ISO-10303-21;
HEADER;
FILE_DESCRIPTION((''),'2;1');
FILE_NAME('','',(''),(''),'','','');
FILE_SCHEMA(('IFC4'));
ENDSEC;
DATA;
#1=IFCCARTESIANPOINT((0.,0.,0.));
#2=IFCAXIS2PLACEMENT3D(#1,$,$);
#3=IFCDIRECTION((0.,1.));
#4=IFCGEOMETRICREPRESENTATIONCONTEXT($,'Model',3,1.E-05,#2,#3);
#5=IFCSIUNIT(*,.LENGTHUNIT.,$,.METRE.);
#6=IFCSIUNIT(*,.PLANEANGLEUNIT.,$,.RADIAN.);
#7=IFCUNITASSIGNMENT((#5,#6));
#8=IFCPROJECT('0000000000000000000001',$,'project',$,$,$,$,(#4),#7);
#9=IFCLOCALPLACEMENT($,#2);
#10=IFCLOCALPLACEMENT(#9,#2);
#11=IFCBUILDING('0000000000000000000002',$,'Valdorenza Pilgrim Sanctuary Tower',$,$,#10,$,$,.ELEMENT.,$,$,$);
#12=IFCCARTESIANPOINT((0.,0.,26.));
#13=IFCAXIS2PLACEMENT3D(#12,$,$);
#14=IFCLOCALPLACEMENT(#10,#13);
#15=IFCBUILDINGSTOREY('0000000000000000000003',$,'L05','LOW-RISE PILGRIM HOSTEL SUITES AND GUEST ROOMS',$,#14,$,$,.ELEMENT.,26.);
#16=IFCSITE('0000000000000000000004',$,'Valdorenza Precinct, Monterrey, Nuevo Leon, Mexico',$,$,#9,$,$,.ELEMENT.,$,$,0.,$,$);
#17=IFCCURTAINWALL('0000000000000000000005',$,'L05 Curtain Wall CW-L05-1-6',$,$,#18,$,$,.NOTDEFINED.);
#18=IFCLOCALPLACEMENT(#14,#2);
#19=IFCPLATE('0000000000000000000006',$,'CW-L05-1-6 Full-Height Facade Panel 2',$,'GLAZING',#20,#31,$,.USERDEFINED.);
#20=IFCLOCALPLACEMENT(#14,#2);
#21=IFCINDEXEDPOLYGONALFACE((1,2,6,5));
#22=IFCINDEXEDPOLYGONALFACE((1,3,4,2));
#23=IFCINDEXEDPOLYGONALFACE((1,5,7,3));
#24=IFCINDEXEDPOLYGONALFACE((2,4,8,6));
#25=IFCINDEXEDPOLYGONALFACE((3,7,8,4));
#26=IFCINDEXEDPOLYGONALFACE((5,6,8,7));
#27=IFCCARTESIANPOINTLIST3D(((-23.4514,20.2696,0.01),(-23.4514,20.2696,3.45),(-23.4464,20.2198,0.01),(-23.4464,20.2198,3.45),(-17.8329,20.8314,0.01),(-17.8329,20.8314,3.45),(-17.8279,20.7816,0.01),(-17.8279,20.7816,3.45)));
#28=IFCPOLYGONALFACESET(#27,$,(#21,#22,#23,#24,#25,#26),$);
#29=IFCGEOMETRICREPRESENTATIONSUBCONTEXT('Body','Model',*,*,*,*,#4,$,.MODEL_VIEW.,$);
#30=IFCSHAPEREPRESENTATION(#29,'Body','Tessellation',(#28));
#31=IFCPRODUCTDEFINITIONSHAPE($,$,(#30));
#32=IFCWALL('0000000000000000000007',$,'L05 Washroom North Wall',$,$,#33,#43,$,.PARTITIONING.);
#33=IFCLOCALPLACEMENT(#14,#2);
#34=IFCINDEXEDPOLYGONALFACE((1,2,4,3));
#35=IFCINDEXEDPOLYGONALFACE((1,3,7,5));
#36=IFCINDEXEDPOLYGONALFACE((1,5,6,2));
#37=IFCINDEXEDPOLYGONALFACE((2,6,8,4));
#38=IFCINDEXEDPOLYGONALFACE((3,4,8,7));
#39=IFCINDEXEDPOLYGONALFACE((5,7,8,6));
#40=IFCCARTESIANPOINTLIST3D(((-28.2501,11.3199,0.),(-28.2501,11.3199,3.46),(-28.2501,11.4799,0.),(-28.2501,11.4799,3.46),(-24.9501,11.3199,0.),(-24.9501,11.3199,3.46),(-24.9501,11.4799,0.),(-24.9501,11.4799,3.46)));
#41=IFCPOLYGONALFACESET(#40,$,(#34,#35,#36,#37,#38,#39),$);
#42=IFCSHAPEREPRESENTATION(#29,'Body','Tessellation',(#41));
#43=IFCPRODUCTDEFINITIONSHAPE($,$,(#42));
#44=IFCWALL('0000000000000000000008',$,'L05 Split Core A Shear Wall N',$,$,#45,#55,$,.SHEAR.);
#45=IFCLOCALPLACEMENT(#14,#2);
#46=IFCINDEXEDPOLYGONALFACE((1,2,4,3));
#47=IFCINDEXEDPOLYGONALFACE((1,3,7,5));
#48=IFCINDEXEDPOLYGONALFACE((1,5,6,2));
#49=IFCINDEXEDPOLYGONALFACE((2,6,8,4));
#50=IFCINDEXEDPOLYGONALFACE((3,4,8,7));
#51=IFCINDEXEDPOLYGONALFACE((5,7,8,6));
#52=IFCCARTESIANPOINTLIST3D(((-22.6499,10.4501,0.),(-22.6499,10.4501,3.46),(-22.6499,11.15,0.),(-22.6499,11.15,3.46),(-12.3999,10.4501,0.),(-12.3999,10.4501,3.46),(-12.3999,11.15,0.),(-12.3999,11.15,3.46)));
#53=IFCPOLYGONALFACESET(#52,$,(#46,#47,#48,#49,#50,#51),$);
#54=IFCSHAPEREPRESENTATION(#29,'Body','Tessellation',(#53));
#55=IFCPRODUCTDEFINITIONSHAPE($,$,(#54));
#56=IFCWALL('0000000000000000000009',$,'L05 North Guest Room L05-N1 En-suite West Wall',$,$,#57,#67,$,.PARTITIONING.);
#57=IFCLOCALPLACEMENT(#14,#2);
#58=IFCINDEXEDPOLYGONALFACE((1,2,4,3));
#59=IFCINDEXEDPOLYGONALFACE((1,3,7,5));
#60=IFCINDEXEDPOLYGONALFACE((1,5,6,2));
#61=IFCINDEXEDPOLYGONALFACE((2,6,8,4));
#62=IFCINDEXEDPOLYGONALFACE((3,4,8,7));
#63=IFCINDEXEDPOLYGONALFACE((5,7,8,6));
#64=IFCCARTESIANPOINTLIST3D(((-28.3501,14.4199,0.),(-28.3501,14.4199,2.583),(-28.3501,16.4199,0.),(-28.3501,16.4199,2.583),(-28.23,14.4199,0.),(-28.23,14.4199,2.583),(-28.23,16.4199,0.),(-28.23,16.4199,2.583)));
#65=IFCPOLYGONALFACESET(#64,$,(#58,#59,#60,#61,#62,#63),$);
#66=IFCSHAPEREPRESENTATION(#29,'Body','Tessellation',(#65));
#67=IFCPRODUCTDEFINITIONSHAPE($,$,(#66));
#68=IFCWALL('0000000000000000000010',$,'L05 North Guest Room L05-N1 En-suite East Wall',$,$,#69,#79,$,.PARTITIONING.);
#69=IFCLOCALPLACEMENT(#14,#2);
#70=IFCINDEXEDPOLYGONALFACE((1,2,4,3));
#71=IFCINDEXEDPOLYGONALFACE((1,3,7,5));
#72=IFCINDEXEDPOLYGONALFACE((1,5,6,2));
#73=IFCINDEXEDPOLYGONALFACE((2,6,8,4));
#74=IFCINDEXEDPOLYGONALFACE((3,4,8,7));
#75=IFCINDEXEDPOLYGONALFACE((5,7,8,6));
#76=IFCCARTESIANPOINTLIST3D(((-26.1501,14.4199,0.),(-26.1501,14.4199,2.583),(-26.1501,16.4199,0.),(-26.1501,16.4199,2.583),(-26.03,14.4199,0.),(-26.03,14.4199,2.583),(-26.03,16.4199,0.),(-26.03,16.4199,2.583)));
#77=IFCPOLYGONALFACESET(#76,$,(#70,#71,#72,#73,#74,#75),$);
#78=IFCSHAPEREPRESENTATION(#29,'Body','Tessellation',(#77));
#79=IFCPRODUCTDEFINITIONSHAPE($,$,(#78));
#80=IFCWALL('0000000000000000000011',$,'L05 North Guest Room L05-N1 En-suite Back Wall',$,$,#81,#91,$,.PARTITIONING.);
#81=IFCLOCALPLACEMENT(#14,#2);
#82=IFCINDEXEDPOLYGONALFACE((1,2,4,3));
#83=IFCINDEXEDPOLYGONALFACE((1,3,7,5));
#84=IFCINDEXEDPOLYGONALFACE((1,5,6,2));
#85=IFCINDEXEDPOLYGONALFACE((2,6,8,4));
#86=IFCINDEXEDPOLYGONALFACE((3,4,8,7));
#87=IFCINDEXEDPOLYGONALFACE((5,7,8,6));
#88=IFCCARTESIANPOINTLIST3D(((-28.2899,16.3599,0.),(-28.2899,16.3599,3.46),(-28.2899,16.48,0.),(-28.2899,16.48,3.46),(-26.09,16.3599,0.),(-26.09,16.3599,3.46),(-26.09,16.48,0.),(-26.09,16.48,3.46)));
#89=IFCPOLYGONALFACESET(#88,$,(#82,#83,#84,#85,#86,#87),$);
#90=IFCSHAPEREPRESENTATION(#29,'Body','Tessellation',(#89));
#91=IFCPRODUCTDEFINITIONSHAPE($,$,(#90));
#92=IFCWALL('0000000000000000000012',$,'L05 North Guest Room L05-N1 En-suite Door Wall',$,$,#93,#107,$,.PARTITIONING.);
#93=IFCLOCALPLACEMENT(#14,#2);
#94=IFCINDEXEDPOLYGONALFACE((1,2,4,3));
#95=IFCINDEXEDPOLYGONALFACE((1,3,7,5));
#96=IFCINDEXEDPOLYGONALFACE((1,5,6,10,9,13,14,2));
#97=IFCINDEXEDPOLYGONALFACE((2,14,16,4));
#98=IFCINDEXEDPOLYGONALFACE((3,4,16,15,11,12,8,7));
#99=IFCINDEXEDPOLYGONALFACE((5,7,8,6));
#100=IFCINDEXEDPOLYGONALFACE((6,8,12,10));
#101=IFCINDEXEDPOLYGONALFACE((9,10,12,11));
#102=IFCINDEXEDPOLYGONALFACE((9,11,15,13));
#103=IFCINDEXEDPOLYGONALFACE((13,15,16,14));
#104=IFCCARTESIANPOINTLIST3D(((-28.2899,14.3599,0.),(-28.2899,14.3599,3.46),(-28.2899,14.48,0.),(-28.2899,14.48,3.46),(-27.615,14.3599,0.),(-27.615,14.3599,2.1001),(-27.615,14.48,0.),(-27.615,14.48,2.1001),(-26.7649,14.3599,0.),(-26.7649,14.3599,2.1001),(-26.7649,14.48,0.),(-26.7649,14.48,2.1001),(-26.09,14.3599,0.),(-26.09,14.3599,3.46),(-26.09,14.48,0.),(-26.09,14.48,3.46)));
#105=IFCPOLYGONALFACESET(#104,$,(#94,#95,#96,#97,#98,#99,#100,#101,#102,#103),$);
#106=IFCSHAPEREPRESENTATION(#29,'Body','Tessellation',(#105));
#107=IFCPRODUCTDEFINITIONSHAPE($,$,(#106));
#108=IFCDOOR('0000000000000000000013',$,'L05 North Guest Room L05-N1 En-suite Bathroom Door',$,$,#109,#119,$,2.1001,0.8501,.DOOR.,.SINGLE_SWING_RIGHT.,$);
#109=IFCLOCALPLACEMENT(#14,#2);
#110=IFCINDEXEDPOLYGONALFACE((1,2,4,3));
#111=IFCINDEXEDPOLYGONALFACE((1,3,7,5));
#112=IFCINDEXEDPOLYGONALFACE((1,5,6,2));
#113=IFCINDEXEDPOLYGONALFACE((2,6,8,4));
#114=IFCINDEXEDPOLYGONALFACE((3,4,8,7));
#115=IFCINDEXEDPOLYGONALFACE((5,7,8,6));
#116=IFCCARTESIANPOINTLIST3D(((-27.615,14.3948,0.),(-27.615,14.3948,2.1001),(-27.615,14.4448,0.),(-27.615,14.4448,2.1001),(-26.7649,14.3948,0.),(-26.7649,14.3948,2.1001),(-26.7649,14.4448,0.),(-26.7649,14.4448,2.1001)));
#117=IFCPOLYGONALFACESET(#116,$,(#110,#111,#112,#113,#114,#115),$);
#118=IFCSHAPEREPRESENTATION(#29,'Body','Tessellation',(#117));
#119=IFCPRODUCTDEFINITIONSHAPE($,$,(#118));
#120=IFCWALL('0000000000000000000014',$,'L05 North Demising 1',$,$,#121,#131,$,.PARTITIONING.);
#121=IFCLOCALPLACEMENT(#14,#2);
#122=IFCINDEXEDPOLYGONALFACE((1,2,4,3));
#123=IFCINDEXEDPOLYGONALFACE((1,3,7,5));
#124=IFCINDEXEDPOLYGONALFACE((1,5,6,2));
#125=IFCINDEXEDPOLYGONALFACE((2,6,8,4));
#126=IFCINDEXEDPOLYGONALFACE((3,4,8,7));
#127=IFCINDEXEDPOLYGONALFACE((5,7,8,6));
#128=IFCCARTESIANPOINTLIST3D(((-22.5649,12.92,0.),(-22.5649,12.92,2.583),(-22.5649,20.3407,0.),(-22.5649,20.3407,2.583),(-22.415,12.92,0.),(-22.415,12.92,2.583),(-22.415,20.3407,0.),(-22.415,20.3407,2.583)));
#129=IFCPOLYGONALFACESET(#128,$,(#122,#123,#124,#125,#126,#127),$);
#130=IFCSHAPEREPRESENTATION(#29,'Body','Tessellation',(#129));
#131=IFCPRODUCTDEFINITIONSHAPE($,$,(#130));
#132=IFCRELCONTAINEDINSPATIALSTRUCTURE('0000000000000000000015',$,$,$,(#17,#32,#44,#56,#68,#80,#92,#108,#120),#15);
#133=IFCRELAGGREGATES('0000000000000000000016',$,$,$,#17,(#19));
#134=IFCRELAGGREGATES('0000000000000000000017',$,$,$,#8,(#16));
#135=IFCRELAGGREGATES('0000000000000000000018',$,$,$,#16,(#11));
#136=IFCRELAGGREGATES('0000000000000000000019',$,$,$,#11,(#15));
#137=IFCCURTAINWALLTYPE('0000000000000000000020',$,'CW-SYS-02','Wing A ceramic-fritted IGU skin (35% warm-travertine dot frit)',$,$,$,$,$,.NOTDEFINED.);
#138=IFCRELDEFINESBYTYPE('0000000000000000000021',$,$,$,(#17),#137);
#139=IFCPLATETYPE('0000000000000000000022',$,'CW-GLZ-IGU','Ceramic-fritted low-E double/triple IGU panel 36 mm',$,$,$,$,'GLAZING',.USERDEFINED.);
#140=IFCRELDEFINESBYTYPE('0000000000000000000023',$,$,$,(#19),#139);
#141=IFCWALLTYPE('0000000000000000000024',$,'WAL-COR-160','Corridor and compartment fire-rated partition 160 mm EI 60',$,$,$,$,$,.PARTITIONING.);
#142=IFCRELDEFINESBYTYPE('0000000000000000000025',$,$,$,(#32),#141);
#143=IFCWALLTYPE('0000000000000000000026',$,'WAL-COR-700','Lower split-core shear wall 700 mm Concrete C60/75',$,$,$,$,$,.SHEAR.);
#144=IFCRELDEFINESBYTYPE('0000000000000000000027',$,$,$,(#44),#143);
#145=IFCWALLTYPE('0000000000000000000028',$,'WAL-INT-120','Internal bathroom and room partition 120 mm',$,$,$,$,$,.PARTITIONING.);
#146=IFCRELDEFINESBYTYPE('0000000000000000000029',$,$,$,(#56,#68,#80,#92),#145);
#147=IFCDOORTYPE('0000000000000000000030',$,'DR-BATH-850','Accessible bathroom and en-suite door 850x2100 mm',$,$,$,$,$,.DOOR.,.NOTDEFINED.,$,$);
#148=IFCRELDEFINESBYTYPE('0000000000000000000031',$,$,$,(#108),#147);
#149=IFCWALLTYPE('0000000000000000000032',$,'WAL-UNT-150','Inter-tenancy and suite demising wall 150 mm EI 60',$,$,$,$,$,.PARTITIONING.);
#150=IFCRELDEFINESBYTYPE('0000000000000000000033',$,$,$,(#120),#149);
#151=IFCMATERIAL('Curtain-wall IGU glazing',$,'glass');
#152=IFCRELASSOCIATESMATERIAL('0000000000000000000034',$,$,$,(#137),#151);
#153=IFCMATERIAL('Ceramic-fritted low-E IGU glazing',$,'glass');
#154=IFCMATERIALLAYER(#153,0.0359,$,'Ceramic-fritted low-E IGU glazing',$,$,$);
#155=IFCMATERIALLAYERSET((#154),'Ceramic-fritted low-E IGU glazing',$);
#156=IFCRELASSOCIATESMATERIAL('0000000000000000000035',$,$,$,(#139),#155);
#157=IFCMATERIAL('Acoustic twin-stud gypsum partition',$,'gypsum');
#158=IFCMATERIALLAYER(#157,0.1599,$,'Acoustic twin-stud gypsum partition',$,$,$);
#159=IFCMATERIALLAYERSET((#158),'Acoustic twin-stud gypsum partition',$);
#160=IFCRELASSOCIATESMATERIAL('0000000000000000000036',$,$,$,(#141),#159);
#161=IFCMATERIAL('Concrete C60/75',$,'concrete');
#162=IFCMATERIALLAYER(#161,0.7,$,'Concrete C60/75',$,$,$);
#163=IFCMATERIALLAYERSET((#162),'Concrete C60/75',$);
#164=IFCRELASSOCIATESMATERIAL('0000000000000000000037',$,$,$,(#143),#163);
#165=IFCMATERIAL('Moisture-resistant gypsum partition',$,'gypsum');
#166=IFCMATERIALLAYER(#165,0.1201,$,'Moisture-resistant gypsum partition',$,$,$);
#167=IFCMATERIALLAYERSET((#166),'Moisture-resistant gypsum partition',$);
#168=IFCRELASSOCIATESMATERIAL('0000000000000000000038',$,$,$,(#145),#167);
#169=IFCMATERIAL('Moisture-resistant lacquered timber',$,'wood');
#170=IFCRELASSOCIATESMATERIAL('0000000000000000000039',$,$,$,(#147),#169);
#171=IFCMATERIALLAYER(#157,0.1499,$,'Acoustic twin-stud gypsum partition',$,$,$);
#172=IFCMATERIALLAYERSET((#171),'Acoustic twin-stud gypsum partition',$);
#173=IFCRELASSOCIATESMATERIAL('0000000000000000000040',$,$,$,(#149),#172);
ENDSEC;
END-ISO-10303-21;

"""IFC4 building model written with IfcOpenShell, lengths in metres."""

from ifc_helpers import new_model, si_unit, direction, frame, frame_2d, origin, origin_2d, place, context, subcontext, project, spatial, rectangle, extrude, source, transform, mapped, material, layer, layer_set, type_object, element, fill, aggregate, save


model = new_model("IFC4")

# Units and contexts
model_context = context("Model", 3, precision=1e-05, world=origin(), true_north=direction((0.0, 1.0)))
body_context = subcontext(model_context, "Body", "Model", "MODEL_VIEW")
ifc_project = project(units=[si_unit("LENGTHUNIT", "METRE"), si_unit("PLANEANGLEUNIT", "RADIAN")], contexts=[model_context])

# Site, building, storey
site_placement = place(None, origin())
site = spatial("IfcSite", under=ifc_project, at=site_placement, Name="Valdorenza Precinct, Monterrey, Nuevo Leon, Mexico", CompositionType="ELEMENT", RefElevation=0.0)
building_placement = place(site_placement, origin())
building = spatial("IfcBuilding", under=site, at=building_placement, Name="Valdorenza Pilgrim Sanctuary Tower", CompositionType="ELEMENT")
storey_placement = place(building_placement, frame((0.0, 0.0, 26.0)))
storey = spatial("IfcBuildingStorey", under=building, at=storey_placement, Name="L05", Description="LOW-RISE PILGRIM HOSTEL SUITES AND GUEST ROOMS", CompositionType="ELEMENT", Elevation=26.0)

# Shared definitions
ifc_material_1 = material(Name="Concrete C60/75", Category="concrete")

# Curtain wall, plate
ifc_material_2 = material(Name="Curtain-wall IGU glazing", Category="glass")
curtain_wall_type = type_object("IfcCurtainWallType", Name="CW-SYS-02", Description="Wing A ceramic-fritted IGU skin (35% warm-travertine dot frit)", PredefinedType="NOTDEFINED", material=ifc_material_2)
curtain_wall_placement = place(storey_placement, origin())
curtain_wall = element("IfcCurtainWall", 1, at=curtain_wall_placement, inside=storey, type_object=curtain_wall_type, Name="L05 Curtain Wall CW-L05-1-6", PredefinedType="NOTDEFINED")
ifc_material_3 = material(Name="Ceramic-fritted low-E IGU glazing", Category="glass")
ifc_layer_1 = layer(ifc_material_3, 0.0359, Name="Ceramic-fritted low-E IGU glazing")
ifc_layer_set_1 = layer_set([ifc_layer_1], Name="Ceramic-fritted low-E IGU glazing")
plate_type_1 = type_object("IfcPlateType", Name="CW-GLZ-IGU", Description="Ceramic-fritted low-E double/triple IGU panel 36 mm", ElementType="GLAZING", PredefinedType="USERDEFINED", material=ifc_layer_set_1)
shared_shape_1 = source(origin(), body_context, "Body", "SweptSolid", [
    extrude(rectangle(XDim=5.6465, YDim=0.05, at=origin_2d()), origin(), (0.0, 0.0, 1.0), 3.4399),
])
plate_1_placement = place(storey_placement, frame((-20.6396, 20.5256, 0.01), z_axis=(0.0, 0.0, 1.0), x_axis=(0.995038, 0.099493, 0.0)))
plate_1 = element("IfcPlate", 2, at=plate_1_placement, type_object=plate_type_1, Name="CW-L05-1-6 Full-Height Facade Panel 2", ObjectType="GLAZING", PredefinedType="USERDEFINED", context=body_context, shape_type="MappedRepresentation", body=[
    mapped(shared_shape_1, transform((0.0, 0.0, 0.0), x_axis=(1.0, 0.0, 0.0), y_axis=(0.0, 1.0, 0.0), z_axis=(0.0, 0.0, 1.0), scale=1.0)),
])
aggregate(curtain_wall, [plate_1])

# Walls
ifc_material_4 = material(Name="Acoustic twin-stud gypsum partition", Category="gypsum")
ifc_layer_2 = layer(ifc_material_4, 0.1599, Name="Acoustic twin-stud gypsum partition")
ifc_layer_set_2 = layer_set([ifc_layer_2], Name="Acoustic twin-stud gypsum partition")
wall_type_1 = type_object("IfcWallType", Name="WAL-COR-160", Description="Corridor and compartment fire-rated partition 160 mm EI 60", PredefinedType="PARTITIONING", material=ifc_layer_set_2)
wall_1_placement = place(storey_placement, frame((-28.25, 11.3999, 0.0), z_axis=(0.0, 0.0, 1.0), x_axis=(1.0, 0.0, 0.0)))
element("IfcWall", 3, at=wall_1_placement, inside=storey, type_object=wall_type_1, Name="L05 Washroom North Wall", PredefinedType="PARTITIONING", context=body_context, shape_type="SweptSolid", body=[
    extrude(rectangle(XDim=3.3, YDim=0.1599, at=frame_2d((1.6499, 0.0))), origin(), (0.0, 0.0, 1.0), 3.46),
])
ifc_layer_3 = layer(ifc_material_1, 0.7, Name="Concrete C60/75")
ifc_layer_set_3 = layer_set([ifc_layer_3], Name="Concrete C60/75")
wall_type_2 = type_object("IfcWallType", Name="WAL-COR-700", Description="Lower split-core shear wall 700 mm Concrete C60/75", PredefinedType="SHEAR", material=ifc_layer_set_3)
wall_2_placement = place(storey_placement, frame((-22.6499, 10.8, 0.0), z_axis=(0.0, 0.0, 1.0), x_axis=(1.0, 0.0, 0.0)))
element("IfcWall", 4, at=wall_2_placement, inside=storey, type_object=wall_type_2, Name="L05 Split Core A Shear Wall N", PredefinedType="SHEAR", context=body_context, shape_type="SweptSolid", body=[
    extrude(rectangle(XDim=10.25, YDim=0.7, at=frame_2d((5.125, 0.0))), origin(), (0.0, 0.0, 1.0), 3.46),
])
ifc_material_5 = material(Name="Moisture-resistant gypsum partition", Category="gypsum")
ifc_layer_4 = layer(ifc_material_5, 0.1201, Name="Moisture-resistant gypsum partition")
ifc_layer_set_4 = layer_set([ifc_layer_4], Name="Moisture-resistant gypsum partition")
wall_type_3 = type_object("IfcWallType", Name="WAL-INT-120", Description="Internal bathroom and room partition 120 mm", PredefinedType="PARTITIONING", material=ifc_layer_set_4)
for number, where, z_axis, x_axis, name in (
    (5, (-28.29, 14.4199, 0.0), (0.0, 0.0, 1.0), (0.0, 1.0, 0.0), "L05 North Guest Room L05-N1 En-suite West Wall"),
    (6, (-26.0901, 14.4199, 0.0), (0.0, 0.0, 1.0), (0.0, 1.0, 0.0), "L05 North Guest Room L05-N1 En-suite East Wall"),
):
    element("IfcWall", number, at=place(storey_placement, frame(where, z_axis=z_axis, x_axis=x_axis)), inside=storey, type_object=wall_type_3, Name=name, PredefinedType="PARTITIONING", context=body_context, shape_type="SweptSolid", body=[
        extrude(rectangle(XDim=2.0, YDim=0.1201, at=frame_2d((1.0, 0.0))), origin(), (0.0, 0.0, 1.0), 2.583),
    ])
wall_3_placement = place(storey_placement, frame((-28.29, 16.4199, 0.0), z_axis=(0.0, 0.0, 1.0), x_axis=(1.0, 0.0, 0.0)))
element("IfcWall", 7, at=wall_3_placement, inside=storey, type_object=wall_type_3, Name="L05 North Guest Room L05-N1 En-suite Back Wall", PredefinedType="PARTITIONING", context=body_context, shape_type="SweptSolid", body=[
    extrude(rectangle(XDim=2.2, YDim=0.1201, at=frame_2d((1.1001, 0.0))), origin(), (0.0, 0.0, 1.0), 3.46),
])

# Wall, opening, door
wall_4_placement = place(storey_placement, frame((-28.29, 14.4199, 0.0), z_axis=(0.0, 0.0, 1.0), x_axis=(1.0, 0.0, 0.0)))
wall_4 = element("IfcWall", 8, at=wall_4_placement, inside=storey, type_object=wall_type_3, Name="L05 North Guest Room L05-N1 En-suite Door Wall", PredefinedType="PARTITIONING", context=body_context, shape_type="SweptSolid", body=[
    extrude(rectangle(XDim=2.2, YDim=0.1201, at=frame_2d((1.1001, 0.0))), origin(), (0.0, 0.0, 1.0), 3.46),
])
opening_placement = place(wall_4_placement, frame((0.675, 0.0, 0.0)))
opening = element("IfcOpeningElement", 9, at=opening_placement, cuts=wall_4, PredefinedType="OPENING", context=body_context, shape_type="SweptSolid", body=[
    extrude(rectangle(XDim=0.8501, YDim=2.1001, at=frame_2d((0.425, 1.05))), frame((0.0, 0.075, 0.0), z_axis=(0.0, -1.0, 0.0), x_axis=(1.0, 0.0, 0.0)), (0.0, 0.0, 1.0), 0.1499),
])
ifc_material_6 = material(Name="Moisture-resistant lacquered timber", Category="wood")
door_type = type_object("IfcDoorType", Name="DR-BATH-850", Description="Accessible bathroom and en-suite door 850x2100 mm", OperationType="NOTDEFINED", PredefinedType="DOOR", material=ifc_material_6)
door_placement = place(opening_placement, origin())
door = element("IfcDoor", 10, at=door_placement, inside=storey, type_object=door_type, Name="L05 North Guest Room L05-N1 En-suite Bathroom Door", OperationType="SINGLE_SWING_RIGHT", OverallHeight=2.1001, OverallWidth=0.8501, PredefinedType="DOOR", context=body_context, shape_type="SweptSolid", body=[
    extrude(rectangle(XDim=0.8501, YDim=2.1001, at=frame_2d((0.425, 1.05))), frame((0.0, 0.0249, 0.0), z_axis=(0.0, -1.0, 0.0), x_axis=(1.0, 0.0, 0.0)), (0.0, 0.0, 1.0), 0.05),
])
fill(opening, door)

# Wall
ifc_layer_5 = layer(ifc_material_4, 0.1499, Name="Acoustic twin-stud gypsum partition")
ifc_layer_set_5 = layer_set([ifc_layer_5], Name="Acoustic twin-stud gypsum partition")
wall_type_4 = type_object("IfcWallType", Name="WAL-UNT-150", Description="Inter-tenancy and suite demising wall 150 mm EI 60", PredefinedType="PARTITIONING", material=ifc_layer_set_5)
wall_5_placement = place(storey_placement, frame((-22.49, 12.9199, 0.0), z_axis=(0.0, 0.0, 1.0), x_axis=(0.0, 1.0, 0.0)))
element("IfcWall", 11, at=wall_5_placement, inside=storey, type_object=wall_type_4, Name="L05 North Demising 1", PredefinedType="PARTITIONING", context=body_context, shape_type="SweptSolid", body=[
    extrude(rectangle(XDim=7.4207, YDim=0.1499, at=frame_2d((3.7104, 0.0))), origin(), (0.0, 0.0, 1.0), 2.583),
])

save(model, "model.ifc")
